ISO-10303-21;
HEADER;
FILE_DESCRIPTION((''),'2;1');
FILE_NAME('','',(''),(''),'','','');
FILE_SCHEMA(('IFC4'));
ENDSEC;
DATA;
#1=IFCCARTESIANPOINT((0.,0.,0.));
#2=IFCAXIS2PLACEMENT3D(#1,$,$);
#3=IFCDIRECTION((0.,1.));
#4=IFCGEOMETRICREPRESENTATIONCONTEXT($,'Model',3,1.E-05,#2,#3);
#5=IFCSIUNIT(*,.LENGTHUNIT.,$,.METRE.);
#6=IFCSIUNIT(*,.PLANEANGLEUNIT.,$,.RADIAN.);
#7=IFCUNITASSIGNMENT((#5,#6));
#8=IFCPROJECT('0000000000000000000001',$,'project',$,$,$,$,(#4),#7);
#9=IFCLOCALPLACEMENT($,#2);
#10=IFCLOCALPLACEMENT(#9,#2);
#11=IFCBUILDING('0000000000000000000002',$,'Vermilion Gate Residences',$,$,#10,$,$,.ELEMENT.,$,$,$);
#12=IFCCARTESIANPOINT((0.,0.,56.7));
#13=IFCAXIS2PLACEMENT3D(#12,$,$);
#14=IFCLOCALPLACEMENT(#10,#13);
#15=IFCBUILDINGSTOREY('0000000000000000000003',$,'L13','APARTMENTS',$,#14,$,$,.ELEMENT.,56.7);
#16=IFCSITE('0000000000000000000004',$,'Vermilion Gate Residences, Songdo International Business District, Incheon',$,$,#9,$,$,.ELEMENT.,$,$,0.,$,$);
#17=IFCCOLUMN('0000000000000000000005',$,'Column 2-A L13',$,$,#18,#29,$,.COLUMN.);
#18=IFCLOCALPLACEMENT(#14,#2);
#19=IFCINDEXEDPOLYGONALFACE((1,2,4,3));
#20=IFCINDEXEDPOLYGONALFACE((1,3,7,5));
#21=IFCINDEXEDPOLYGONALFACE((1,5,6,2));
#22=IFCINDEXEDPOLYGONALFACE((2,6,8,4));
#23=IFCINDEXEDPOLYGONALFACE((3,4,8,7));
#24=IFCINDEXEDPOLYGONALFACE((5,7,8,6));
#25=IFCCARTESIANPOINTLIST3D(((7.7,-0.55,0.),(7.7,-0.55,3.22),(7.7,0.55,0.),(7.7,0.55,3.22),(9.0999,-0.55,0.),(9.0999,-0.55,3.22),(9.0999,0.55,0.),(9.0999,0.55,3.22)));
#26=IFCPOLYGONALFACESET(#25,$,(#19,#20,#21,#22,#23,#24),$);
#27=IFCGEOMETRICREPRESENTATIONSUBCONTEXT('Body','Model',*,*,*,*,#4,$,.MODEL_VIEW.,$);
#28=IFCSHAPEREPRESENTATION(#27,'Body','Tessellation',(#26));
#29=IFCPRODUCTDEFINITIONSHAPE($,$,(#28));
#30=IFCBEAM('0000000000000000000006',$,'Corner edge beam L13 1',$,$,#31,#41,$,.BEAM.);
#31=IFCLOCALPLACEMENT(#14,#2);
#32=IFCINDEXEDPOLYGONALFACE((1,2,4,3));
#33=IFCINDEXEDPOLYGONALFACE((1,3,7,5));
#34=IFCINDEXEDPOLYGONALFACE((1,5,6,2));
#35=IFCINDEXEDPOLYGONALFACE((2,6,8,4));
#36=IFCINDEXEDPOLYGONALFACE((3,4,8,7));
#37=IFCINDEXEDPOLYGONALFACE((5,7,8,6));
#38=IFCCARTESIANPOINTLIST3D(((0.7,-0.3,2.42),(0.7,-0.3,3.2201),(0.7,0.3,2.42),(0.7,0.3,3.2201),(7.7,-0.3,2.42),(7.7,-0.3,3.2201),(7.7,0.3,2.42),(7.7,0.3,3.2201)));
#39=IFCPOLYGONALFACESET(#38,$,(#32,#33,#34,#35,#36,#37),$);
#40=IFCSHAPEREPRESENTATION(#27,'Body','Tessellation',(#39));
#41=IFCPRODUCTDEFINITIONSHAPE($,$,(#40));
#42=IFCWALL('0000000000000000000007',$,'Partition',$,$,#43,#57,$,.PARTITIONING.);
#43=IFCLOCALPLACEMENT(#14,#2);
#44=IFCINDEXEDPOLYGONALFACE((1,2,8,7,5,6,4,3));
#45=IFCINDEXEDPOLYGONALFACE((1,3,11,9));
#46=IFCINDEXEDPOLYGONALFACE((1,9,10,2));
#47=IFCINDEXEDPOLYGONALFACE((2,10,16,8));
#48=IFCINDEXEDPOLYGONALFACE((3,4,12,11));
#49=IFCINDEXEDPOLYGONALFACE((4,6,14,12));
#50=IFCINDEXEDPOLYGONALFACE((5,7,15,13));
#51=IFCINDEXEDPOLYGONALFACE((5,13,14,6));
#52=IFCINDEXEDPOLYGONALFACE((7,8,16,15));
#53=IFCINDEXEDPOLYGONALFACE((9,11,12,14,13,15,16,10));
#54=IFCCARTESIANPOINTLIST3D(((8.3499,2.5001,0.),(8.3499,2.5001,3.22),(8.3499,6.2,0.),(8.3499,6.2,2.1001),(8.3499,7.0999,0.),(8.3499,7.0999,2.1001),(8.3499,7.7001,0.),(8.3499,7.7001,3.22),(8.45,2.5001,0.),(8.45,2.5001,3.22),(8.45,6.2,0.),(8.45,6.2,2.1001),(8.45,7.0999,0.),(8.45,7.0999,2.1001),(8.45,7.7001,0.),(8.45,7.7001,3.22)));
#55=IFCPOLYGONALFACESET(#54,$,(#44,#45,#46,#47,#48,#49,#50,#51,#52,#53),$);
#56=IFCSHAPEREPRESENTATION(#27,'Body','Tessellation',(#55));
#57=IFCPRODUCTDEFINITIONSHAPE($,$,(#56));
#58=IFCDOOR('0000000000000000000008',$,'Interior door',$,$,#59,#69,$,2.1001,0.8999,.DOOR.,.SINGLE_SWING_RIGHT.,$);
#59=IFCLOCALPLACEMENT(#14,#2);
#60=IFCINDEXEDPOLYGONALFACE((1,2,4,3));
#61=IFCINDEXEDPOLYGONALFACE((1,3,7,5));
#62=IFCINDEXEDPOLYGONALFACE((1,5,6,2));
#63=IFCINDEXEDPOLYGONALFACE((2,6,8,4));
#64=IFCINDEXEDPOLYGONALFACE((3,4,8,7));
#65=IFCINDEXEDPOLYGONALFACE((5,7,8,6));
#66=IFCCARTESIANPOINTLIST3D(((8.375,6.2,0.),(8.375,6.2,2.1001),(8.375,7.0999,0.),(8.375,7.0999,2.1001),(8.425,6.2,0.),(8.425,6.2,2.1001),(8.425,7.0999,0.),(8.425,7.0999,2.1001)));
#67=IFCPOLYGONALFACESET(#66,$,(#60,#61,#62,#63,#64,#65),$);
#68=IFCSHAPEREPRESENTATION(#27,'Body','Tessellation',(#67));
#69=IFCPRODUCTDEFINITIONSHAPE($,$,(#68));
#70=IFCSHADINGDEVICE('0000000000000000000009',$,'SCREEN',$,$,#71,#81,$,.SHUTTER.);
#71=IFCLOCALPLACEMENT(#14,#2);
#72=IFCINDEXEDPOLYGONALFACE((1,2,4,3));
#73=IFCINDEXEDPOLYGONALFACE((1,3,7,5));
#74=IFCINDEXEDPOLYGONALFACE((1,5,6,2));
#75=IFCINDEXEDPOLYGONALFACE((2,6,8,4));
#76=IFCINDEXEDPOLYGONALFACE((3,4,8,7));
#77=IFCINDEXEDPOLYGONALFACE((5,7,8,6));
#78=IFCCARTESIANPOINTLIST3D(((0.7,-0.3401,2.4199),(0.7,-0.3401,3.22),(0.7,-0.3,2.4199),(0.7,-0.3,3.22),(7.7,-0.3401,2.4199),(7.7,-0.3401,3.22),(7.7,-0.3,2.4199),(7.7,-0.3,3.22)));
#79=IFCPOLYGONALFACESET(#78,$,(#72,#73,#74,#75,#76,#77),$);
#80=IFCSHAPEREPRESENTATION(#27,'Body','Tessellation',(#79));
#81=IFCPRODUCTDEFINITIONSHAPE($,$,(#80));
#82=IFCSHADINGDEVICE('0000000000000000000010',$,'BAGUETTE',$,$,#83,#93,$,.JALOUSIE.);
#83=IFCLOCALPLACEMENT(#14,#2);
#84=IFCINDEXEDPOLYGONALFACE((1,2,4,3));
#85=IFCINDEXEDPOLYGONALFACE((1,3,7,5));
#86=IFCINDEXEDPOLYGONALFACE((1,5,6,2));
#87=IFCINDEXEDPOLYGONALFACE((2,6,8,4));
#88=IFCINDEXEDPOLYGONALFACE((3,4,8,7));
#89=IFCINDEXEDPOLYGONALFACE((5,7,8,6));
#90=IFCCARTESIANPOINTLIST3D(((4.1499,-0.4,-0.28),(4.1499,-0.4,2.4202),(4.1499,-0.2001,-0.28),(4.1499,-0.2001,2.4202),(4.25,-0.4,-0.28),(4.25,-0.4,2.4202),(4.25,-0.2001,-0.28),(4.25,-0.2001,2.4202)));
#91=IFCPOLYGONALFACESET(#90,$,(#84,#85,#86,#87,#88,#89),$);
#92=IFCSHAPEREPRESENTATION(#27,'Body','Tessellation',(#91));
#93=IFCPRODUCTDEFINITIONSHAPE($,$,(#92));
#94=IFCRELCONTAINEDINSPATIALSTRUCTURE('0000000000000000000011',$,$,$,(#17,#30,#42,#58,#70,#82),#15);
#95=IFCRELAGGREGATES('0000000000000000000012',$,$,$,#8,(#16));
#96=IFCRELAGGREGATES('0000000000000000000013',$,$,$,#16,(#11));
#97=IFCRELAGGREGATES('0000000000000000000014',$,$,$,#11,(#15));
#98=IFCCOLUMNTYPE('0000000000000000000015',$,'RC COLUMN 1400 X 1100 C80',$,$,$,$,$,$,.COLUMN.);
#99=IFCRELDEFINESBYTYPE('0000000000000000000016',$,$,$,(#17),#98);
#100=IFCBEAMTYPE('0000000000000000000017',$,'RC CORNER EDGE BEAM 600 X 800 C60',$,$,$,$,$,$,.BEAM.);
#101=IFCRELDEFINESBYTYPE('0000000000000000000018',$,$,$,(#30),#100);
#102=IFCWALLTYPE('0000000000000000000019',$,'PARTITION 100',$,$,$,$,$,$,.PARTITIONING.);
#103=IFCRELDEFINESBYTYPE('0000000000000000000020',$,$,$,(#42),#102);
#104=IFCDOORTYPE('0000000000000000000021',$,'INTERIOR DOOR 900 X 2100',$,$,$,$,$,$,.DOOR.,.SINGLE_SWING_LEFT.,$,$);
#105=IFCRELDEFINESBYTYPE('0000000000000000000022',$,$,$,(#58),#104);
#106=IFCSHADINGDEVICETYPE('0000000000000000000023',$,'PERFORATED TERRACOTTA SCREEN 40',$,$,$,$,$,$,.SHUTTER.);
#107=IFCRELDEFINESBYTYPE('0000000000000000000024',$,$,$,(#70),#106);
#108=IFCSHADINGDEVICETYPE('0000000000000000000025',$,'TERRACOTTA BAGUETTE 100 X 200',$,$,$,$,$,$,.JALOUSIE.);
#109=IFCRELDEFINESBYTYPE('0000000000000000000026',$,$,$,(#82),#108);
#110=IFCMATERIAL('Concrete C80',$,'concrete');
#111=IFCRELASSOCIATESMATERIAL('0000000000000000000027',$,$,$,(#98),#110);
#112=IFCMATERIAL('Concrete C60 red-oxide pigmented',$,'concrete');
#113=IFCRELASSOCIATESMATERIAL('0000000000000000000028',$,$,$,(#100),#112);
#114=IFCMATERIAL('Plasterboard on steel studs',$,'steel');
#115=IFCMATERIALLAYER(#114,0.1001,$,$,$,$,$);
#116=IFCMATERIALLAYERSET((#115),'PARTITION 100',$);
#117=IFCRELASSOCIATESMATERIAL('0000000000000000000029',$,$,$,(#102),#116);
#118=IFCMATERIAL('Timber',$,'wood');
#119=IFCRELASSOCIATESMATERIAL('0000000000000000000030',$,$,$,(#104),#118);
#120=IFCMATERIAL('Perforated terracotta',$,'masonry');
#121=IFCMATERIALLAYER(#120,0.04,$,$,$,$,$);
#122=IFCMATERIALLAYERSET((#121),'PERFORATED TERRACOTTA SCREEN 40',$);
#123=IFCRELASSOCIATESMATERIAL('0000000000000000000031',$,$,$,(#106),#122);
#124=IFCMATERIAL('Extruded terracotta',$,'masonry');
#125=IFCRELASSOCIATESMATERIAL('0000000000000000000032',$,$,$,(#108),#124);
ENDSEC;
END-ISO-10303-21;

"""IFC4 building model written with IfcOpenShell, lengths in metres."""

from ifc_helpers import new_model, si_unit, direction, frame, frame_2d, origin, origin_2d, place, context, subcontext, project, spatial, rectangle, extrude, material, layer, layer_set, material_profile, profile_set, type_object, element, fill, save


model = new_model("IFC4")

# Units and contexts
model_context = context("Model", 3, precision=1e-05, world=origin(), true_north=direction((0.0, 1.0)))
body_context = subcontext(model_context, "Body", "Model", "MODEL_VIEW")
ifc_project = project(units=[si_unit("LENGTHUNIT", "METRE"), si_unit("PLANEANGLEUNIT", "RADIAN")], contexts=[model_context])

# Site, building, storey
site_placement = place(None, origin())
site = spatial("IfcSite", under=ifc_project, at=site_placement, Name="Vermilion Gate Residences, Songdo International Business District, Incheon", CompositionType="ELEMENT", RefElevation=0.0)
building_placement = place(site_placement, origin())
building = spatial("IfcBuilding", under=site, at=building_placement, Name="Vermilion Gate Residences", CompositionType="ELEMENT")
storey_placement = place(building_placement, frame((0.0, 0.0, 56.7)))
storey = spatial("IfcBuildingStorey", under=building, at=storey_placement, Name="L13", Description="APARTMENTS", CompositionType="ELEMENT", Elevation=56.7)

# Column
ifc_material_1 = material(Name="Concrete C80", Category="concrete")
ifc_material_profile_1 = material_profile(ifc_material_1, rectangle(XDim=1.3999, YDim=1.1001, at=origin_2d()), Name="RC-1400x1100")
ifc_profile_set_1 = profile_set([ifc_material_profile_1], Name="Concrete C80")
column_type = type_object("IfcColumnType", Name="RC COLUMN 1400 X 1100 C80", PredefinedType="COLUMN", material=ifc_profile_set_1)
column_placement = place(storey_placement, frame((8.3999, 0.0, 0.0), z_axis=(0.0, 0.0, 1.0), x_axis=(1.0, 0.0, 0.0)))
element("IfcColumn", 1, at=column_placement, inside=storey, type_object=column_type, Name="Column 2-A L13", PredefinedType="COLUMN", context=body_context, shape_type="SweptSolid", body=[
    extrude(rectangle(XDim=1.3999, YDim=1.1001, at=origin_2d()), origin(), (0.0, 0.0, 1.0), 3.22),
])

# Beam
ifc_material_2 = material(Name="Concrete C60 red-oxide pigmented", Category="concrete")
ifc_material_profile_2 = material_profile(ifc_material_2, rectangle(XDim=0.6001, YDim=0.8, at=origin_2d()), Name="RC-600x800")
ifc_profile_set_2 = profile_set([ifc_material_profile_2], Name="Concrete C60 red-oxide pigmented")
beam_type = type_object("IfcBeamType", Name="RC CORNER EDGE BEAM 600 X 800 C60", PredefinedType="BEAM", material=ifc_profile_set_2)
beam_placement = place(storey_placement, frame((0.7, 0.0, 2.8201), z_axis=(1.0, 0.0, 0.0), x_axis=(0.0, 1.0, 0.0)))
element("IfcBeam", 2, at=beam_placement, inside=storey, type_object=beam_type, Name="Corner edge beam L13 1", PredefinedType="BEAM", context=body_context, shape_type="SweptSolid", body=[
    extrude(rectangle(XDim=0.6001, YDim=0.8, at=origin_2d()), origin(), (0.0, 0.0, 1.0), 7.0),
])

# Wall, opening, door
ifc_material_3 = material(Name="Plasterboard on steel studs", Category="steel")
ifc_layer_1 = layer(ifc_material_3, 0.1001)
ifc_layer_set_1 = layer_set([ifc_layer_1], Name="PARTITION 100")
wall_type_1 = type_object("IfcWallType", Name="PARTITION 100", PredefinedType="PARTITIONING", material=ifc_layer_set_1)
wall_1_placement = place(storey_placement, frame((8.3999, 2.5, 0.0), z_axis=(0.0, 0.0, 1.0), x_axis=(0.0, 1.0, 0.0)))
wall_1 = element("IfcWall", 3, at=wall_1_placement, inside=storey, type_object=wall_type_1, Name="Partition", PredefinedType="PARTITIONING", context=body_context, shape_type="SweptSolid", body=[
    extrude(rectangle(XDim=5.2, YDim=0.1001, at=frame_2d((2.6001, 0.0))), origin(), (0.0, 0.0, 1.0), 3.22),
])
opening_1_placement = place(wall_1_placement, frame((3.7, 0.0, 0.0)))
opening_1 = element("IfcOpeningElement", 4, at=opening_1_placement, cuts=wall_1, PredefinedType="OPENING", context=body_context, shape_type="SweptSolid", body=[
    extrude(rectangle(XDim=0.8999, YDim=2.1001, at=frame_2d((0.45, 1.05))), frame((0.0, 0.0601, 0.0), z_axis=(0.0, -1.0, 0.0), x_axis=(1.0, 0.0, 0.0)), (0.0, 0.0, 1.0), 0.1201),
])
ifc_material_4 = material(Name="Timber", Category="wood")
door_type_1 = type_object("IfcDoorType", Name="INTERIOR DOOR 900 X 2100", OperationType="SINGLE_SWING_LEFT", PredefinedType="DOOR", material=ifc_material_4)
door_1_placement = place(opening_1_placement, origin())
door_1 = element("IfcDoor", 5, at=door_1_placement, inside=storey, type_object=door_type_1, Name="Interior door", OperationType="SINGLE_SWING_RIGHT", OverallHeight=2.1001, OverallWidth=0.8999, PredefinedType="DOOR", context=body_context, shape_type="SweptSolid", body=[
    extrude(rectangle(XDim=0.8999, YDim=2.1001, at=frame_2d((0.45, 1.05))), frame((0.0, 0.0249, 0.0), z_axis=(0.0, -1.0, 0.0), x_axis=(1.0, 0.0, 0.0)), (0.0, 0.0, 1.0), 0.05),
])
fill(opening_1, door_1)

# Shading devices
ifc_material_5 = material(Name="Perforated terracotta", Category="masonry")
ifc_layer_2 = layer(ifc_material_5, 0.04)
ifc_layer_set_2 = layer_set([ifc_layer_2], Name="PERFORATED TERRACOTTA SCREEN 40")
shading_device_type_1 = type_object("IfcShadingDeviceType", Name="PERFORATED TERRACOTTA SCREEN 40", PredefinedType="SHUTTER", material=ifc_layer_set_2)
shading_device_1_placement = place(storey_placement, frame((4.2, -0.3201, 2.4199), z_axis=(0.0, 0.0, 1.0), x_axis=(1.0, 0.0, 0.0)))
element("IfcShadingDevice", 6, at=shading_device_1_placement, inside=storey, type_object=shading_device_type_1, Name="SCREEN", PredefinedType="SHUTTER", context=body_context, shape_type="SweptSolid", body=[
    extrude(rectangle(XDim=7.0, YDim=0.04, at=origin_2d()), origin(), (0.0, 0.0, 1.0), 0.8),
])
ifc_material_6 = material(Name="Extruded terracotta", Category="masonry")
ifc_material_profile_3 = material_profile(ifc_material_6, rectangle(XDim=0.2, YDim=0.1001, at=origin_2d()), Name="BAGUETTE 100 X 200")
ifc_profile_set_3 = profile_set([ifc_material_profile_3], Name="Extruded terracotta")
shading_device_type_2 = type_object("IfcShadingDeviceType", Name="TERRACOTTA BAGUETTE 100 X 200", PredefinedType="JALOUSIE", material=ifc_profile_set_3)
shading_device_2_placement = place(storey_placement, frame((4.2, -0.3, -0.28), z_axis=(0.0, 0.0, 1.0), x_axis=(0.0, 1.0, 0.0)))
element("IfcShadingDevice", 7, at=shading_device_2_placement, inside=storey, type_object=shading_device_type_2, Name="BAGUETTE", PredefinedType="JALOUSIE", context=body_context, shape_type="SweptSolid", body=[
    extrude(rectangle(XDim=0.2, YDim=0.1001, at=origin_2d()), origin(), (0.0, 0.0, 1.0), 2.7002),
])

save(model, "model.ifc")
